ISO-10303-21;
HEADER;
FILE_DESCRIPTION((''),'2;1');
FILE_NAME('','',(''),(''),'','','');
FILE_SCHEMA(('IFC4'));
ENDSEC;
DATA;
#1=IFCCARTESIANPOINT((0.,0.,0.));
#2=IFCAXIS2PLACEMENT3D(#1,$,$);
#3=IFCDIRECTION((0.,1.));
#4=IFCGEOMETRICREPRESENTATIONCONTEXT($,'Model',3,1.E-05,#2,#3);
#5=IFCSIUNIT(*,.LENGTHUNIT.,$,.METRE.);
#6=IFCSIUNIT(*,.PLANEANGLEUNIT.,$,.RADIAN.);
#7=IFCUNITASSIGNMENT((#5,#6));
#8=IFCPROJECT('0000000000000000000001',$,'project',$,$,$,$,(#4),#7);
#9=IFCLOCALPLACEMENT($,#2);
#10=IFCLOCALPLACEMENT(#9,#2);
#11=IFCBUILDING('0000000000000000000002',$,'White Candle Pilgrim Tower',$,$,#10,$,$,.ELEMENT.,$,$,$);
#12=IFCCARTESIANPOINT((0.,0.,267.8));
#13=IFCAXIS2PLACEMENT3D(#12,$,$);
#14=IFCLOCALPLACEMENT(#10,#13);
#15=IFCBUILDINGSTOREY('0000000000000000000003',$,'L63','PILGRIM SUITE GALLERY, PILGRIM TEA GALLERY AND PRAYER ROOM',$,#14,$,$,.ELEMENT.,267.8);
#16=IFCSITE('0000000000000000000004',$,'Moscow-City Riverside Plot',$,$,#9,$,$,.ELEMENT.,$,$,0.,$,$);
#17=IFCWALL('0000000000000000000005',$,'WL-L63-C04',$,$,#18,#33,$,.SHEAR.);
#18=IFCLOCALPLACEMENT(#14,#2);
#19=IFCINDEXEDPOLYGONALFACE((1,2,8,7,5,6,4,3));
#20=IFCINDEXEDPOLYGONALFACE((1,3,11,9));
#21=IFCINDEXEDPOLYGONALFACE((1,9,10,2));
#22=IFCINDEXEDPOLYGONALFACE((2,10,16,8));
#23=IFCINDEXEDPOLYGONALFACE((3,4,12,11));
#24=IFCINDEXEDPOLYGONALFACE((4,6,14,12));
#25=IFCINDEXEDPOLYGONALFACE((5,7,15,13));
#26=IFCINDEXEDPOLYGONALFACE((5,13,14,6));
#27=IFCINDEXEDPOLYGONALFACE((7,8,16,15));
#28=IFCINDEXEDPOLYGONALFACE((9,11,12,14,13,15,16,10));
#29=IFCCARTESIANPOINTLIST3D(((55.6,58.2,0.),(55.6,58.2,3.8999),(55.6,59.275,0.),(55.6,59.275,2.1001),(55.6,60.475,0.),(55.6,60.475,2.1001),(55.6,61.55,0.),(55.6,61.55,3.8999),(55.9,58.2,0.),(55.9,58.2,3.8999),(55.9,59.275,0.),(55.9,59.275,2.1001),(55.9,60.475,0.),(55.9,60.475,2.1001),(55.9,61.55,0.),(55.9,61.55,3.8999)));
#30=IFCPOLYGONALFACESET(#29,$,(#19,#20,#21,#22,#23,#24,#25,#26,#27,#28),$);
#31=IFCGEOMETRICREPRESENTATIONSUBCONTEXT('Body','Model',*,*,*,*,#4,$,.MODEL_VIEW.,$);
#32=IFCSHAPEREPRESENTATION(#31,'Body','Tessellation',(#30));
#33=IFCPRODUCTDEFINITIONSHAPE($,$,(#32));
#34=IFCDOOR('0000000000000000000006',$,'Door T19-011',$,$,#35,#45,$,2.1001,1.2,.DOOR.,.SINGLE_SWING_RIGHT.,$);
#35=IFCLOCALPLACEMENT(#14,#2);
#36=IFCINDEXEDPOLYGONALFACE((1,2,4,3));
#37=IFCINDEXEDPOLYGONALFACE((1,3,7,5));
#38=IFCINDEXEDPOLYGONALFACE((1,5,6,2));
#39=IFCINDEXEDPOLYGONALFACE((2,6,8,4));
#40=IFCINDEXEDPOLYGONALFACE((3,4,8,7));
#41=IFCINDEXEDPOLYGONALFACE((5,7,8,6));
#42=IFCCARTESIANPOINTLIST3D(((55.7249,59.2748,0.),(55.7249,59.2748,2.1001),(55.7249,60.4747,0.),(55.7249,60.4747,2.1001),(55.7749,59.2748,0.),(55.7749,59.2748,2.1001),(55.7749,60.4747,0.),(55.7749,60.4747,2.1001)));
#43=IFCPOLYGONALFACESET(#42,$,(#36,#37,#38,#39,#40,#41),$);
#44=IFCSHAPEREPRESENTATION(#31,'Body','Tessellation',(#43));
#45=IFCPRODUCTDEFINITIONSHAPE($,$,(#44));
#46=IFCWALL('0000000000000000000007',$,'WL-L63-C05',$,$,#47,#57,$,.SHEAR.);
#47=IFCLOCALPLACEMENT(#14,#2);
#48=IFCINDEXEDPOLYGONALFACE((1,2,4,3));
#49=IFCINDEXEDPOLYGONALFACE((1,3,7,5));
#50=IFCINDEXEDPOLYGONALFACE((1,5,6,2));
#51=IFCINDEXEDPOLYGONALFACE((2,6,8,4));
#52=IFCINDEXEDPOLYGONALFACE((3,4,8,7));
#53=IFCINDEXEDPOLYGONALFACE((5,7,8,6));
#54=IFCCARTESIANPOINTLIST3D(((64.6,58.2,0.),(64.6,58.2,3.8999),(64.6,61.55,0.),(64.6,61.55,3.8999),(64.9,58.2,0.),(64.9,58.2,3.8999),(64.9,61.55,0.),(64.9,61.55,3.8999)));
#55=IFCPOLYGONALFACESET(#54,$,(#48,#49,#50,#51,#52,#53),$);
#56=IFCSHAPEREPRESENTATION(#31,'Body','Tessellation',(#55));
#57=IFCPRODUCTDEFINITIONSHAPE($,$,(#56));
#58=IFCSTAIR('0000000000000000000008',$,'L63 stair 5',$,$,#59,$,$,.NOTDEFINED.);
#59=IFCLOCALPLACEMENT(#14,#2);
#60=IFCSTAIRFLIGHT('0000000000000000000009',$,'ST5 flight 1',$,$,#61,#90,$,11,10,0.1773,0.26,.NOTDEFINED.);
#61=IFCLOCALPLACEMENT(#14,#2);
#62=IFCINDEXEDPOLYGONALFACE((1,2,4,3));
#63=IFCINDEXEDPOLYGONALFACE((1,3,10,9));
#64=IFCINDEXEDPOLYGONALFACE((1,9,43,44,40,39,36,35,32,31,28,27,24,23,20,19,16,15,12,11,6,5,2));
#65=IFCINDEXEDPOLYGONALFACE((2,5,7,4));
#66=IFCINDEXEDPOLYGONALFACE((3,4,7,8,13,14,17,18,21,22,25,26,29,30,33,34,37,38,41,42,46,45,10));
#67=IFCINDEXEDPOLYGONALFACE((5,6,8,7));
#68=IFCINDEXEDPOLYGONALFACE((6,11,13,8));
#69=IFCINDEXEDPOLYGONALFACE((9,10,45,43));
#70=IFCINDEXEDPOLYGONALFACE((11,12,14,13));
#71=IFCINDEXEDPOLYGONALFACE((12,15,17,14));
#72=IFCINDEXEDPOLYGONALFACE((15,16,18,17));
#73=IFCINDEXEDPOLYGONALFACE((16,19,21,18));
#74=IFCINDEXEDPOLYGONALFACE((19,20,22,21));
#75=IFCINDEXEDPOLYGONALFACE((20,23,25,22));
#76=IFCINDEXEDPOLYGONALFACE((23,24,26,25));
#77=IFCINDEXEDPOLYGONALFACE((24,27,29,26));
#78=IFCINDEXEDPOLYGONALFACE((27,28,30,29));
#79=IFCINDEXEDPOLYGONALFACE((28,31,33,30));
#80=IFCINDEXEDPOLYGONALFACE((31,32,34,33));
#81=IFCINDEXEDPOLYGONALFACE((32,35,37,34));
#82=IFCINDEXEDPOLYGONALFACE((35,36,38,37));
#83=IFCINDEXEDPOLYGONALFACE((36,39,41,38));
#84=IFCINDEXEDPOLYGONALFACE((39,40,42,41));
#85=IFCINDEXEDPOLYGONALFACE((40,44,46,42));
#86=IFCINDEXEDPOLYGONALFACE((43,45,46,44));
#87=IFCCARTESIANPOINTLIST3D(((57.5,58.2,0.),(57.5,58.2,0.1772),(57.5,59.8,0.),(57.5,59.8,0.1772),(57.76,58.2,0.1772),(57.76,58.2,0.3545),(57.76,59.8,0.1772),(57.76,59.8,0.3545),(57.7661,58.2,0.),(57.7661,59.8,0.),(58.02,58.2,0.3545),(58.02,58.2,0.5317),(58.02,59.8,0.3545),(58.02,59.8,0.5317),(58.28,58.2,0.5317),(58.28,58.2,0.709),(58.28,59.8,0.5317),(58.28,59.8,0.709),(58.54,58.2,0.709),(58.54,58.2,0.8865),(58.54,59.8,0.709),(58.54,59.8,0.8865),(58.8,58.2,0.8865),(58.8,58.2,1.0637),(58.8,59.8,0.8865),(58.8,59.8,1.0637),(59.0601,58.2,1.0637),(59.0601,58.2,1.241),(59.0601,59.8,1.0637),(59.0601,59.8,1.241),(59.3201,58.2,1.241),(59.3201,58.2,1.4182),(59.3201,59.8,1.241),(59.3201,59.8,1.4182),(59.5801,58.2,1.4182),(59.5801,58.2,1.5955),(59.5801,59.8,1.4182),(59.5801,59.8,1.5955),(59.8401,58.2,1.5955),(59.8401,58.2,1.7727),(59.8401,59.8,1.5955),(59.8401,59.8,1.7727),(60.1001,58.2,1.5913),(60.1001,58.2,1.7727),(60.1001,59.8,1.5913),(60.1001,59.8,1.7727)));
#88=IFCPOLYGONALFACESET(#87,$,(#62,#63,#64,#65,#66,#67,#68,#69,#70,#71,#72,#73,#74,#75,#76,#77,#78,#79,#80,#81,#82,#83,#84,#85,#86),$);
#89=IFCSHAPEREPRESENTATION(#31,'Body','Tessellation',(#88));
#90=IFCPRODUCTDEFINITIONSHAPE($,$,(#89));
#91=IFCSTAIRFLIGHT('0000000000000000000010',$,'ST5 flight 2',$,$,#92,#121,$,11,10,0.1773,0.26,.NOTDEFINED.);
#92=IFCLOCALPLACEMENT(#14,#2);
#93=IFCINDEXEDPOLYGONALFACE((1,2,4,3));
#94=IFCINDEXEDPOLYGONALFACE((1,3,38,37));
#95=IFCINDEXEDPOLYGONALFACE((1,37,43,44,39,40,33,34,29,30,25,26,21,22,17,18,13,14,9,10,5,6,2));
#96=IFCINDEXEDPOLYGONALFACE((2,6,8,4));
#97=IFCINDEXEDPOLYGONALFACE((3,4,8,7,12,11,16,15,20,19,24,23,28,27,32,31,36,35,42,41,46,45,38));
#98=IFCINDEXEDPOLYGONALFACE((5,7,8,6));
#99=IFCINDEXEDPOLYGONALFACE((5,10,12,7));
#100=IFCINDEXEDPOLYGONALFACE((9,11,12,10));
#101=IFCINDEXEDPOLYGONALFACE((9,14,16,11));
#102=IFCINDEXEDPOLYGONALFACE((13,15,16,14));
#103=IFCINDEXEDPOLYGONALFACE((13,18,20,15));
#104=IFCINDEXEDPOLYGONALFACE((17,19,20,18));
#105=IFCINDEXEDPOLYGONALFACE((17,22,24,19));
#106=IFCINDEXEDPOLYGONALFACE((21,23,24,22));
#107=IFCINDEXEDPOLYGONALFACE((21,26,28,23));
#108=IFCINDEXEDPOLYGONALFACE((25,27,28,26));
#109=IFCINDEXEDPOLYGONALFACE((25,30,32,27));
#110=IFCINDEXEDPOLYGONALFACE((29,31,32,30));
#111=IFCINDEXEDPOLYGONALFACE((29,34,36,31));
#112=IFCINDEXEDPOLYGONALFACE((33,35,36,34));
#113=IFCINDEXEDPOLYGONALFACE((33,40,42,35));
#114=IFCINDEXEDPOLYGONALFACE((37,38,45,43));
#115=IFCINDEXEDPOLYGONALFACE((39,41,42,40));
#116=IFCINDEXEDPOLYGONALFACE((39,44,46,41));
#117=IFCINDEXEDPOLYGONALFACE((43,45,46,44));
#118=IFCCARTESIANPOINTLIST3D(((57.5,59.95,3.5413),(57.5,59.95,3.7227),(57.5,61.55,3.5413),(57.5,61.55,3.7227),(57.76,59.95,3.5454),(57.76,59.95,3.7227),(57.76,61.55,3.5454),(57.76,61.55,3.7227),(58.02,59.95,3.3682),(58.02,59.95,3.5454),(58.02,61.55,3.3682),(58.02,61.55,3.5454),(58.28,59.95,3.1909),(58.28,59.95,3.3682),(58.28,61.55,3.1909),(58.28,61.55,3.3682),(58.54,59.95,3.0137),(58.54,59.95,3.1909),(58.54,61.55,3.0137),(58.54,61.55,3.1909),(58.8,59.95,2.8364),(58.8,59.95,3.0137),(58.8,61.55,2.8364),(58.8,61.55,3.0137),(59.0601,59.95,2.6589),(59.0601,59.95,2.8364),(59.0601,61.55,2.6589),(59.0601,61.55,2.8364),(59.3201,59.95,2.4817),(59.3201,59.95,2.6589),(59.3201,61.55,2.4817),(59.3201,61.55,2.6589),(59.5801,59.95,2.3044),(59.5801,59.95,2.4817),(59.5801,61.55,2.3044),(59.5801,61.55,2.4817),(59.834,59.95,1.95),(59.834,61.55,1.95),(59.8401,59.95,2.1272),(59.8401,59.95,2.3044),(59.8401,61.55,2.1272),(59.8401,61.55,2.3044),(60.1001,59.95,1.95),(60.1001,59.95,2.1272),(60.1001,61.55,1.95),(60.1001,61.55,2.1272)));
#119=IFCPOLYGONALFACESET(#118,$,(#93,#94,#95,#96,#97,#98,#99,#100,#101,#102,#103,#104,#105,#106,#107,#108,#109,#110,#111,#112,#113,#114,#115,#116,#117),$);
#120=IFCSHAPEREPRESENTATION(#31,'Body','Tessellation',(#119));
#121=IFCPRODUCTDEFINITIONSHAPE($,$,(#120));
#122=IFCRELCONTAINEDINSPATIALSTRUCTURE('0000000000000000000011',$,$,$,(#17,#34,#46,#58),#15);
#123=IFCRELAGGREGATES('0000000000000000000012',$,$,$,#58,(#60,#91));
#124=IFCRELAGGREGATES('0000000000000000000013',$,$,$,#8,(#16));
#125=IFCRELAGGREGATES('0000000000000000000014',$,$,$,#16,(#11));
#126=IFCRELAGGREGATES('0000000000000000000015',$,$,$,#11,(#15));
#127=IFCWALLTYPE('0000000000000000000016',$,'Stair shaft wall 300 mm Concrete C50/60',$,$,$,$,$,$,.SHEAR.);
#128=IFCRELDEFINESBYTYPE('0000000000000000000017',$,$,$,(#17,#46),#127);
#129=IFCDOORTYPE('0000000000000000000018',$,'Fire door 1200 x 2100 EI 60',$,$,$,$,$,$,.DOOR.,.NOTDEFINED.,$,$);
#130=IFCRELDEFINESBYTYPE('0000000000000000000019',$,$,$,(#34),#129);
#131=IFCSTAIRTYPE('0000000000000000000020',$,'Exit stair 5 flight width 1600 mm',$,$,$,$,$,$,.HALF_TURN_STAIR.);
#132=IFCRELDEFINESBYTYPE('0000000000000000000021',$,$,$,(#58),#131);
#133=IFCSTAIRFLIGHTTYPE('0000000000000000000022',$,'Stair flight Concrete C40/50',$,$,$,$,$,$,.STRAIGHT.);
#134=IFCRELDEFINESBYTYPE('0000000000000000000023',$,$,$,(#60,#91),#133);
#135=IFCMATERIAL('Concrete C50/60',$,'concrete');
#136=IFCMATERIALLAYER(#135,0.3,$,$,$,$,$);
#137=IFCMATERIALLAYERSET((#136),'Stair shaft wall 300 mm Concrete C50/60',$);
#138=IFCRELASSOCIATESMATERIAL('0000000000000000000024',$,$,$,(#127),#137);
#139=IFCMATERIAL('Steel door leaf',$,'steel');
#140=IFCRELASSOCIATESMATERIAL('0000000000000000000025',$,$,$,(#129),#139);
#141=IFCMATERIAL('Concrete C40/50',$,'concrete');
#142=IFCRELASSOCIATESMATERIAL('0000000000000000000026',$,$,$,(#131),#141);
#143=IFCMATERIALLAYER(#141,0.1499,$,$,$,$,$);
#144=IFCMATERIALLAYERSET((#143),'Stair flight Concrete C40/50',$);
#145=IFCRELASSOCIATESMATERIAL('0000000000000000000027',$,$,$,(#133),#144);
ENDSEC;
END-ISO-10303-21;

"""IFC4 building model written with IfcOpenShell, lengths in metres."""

from ifc_helpers import new_model, si_unit, direction, frame, frame_2d, origin, place, context, subcontext, project, spatial, polyline, rectangle, outline, extrude, material, layer, layer_set, type_object, element, fill, aggregate, save


model = new_model("IFC4")

# Units and contexts
model_context = context("Model", 3, precision=1e-05, world=origin(), true_north=direction((0.0, 1.0)))
body_context = subcontext(model_context, "Body", "Model", "MODEL_VIEW")
ifc_project = project(units=[si_unit("LENGTHUNIT", "METRE"), si_unit("PLANEANGLEUNIT", "RADIAN")], contexts=[model_context])

# Site, building, storey
site_placement = place(None, origin())
site = spatial("IfcSite", under=ifc_project, at=site_placement, Name="Moscow-City Riverside Plot", CompositionType="ELEMENT", RefElevation=0.0)
building_placement = place(site_placement, origin())
building = spatial("IfcBuilding", under=site, at=building_placement, Name="White Candle Pilgrim Tower", CompositionType="ELEMENT")
storey_placement = place(building_placement, frame((0.0, 0.0, 267.8)))
storey = spatial("IfcBuildingStorey", under=building, at=storey_placement, Name="L63", Description="PILGRIM SUITE GALLERY, PILGRIM TEA GALLERY AND PRAYER ROOM", CompositionType="ELEMENT", Elevation=267.8)

# Shared definitions
ifc_material_1 = material(Name="Concrete C50/60", Category="concrete")

# Shared definitions
ifc_material_2 = material(Name="Steel door leaf", Category="steel")

# Wall, opening, door
ifc_layer_1 = layer(ifc_material_1, 0.3)
ifc_layer_set_1 = layer_set([ifc_layer_1], Name="Stair shaft wall 300 mm Concrete C50/60")
wall_type_1 = type_object("IfcWallType", Name="Stair shaft wall 300 mm Concrete C50/60", PredefinedType="SHEAR", material=ifc_layer_set_1)
wall_1_placement = place(storey_placement, frame((55.75, 58.2, 0.0), z_axis=(0.0, 0.0, 1.0), x_axis=(0.0, 1.0, 0.0)))
wall_1 = element("IfcWall", 1, at=wall_1_placement, inside=storey, type_object=wall_type_1, Name="WL-L63-C04", PredefinedType="SHEAR", context=body_context, shape_type="SweptSolid", body=[
    extrude(rectangle(XDim=3.3501, YDim=0.3, at=frame_2d((1.675, 0.0))), origin(), (0.0, 0.0, 1.0), 3.8999),
])
opening_1_placement = place(wall_1_placement, frame((1.075, 0.0, 0.0)))
opening_1 = element("IfcOpeningElement", 2, at=opening_1_placement, cuts=wall_1, PredefinedType="OPENING", context=body_context, shape_type="SweptSolid", body=[
    extrude(rectangle(XDim=1.2, YDim=2.1001, at=frame_2d((0.6001, 1.05))), frame((0.0, 0.1599, 0.0), z_axis=(0.0, -1.0, 0.0), x_axis=(1.0, 0.0, 0.0)), (0.0, 0.0, 1.0), 0.3201),
])
door_type_1 = type_object("IfcDoorType", Name="Fire door 1200 x 2100 EI 60", OperationType="NOTDEFINED", PredefinedType="DOOR", material=ifc_material_2)
door_1_placement = place(opening_1_placement, frame((1.2, 0.0, 0.0), z_axis=(0.0, 0.0, 1.0), x_axis=(-1.0, 0.0, 0.0)))
door_1 = element("IfcDoor", 3, at=door_1_placement, inside=storey, type_object=door_type_1, Name="Door T19-011", OperationType="SINGLE_SWING_RIGHT", OverallHeight=2.1001, OverallWidth=1.2, PredefinedType="DOOR", context=body_context, shape_type="SweptSolid", body=[
    extrude(rectangle(XDim=1.2, YDim=2.1001, at=frame_2d((0.6001, 1.05))), frame((0.0, 0.0249, 0.0), z_axis=(0.0, -1.0, 0.0), x_axis=(1.0, 0.0, 0.0)), (0.0, 0.0, 1.0), 0.05),
])
fill(opening_1, door_1)

# Wall
wall_2_placement = place(storey_placement, frame((64.75, 58.2, 0.0), z_axis=(0.0, 0.0, 1.0), x_axis=(0.0, 1.0, 0.0)))
element("IfcWall", 4, at=wall_2_placement, inside=storey, type_object=wall_type_1, Name="WL-L63-C05", PredefinedType="SHEAR", context=body_context, shape_type="SweptSolid", body=[
    extrude(rectangle(XDim=3.3501, YDim=0.3, at=frame_2d((1.675, 0.0))), origin(), (0.0, 0.0, 1.0), 3.8999),
])

# Stair, stair flights
ifc_material_3 = material(Name="Concrete C40/50", Category="concrete")
stair_type = type_object("IfcStairType", Name="Exit stair 5 flight width 1600 mm", PredefinedType="HALF_TURN_STAIR", material=ifc_material_3)
stair_placement = place(storey_placement, origin())
stair = element("IfcStair", 5, at=stair_placement, inside=storey, type_object=stair_type, Name="L63 stair 5", PredefinedType="NOTDEFINED")
ifc_layer_2 = layer(ifc_material_3, 0.1499)
ifc_layer_set_2 = layer_set([ifc_layer_2], Name="Stair flight Concrete C40/50")
stair_flight_type = type_object("IfcStairFlightType", Name="Stair flight Concrete C40/50", PredefinedType="STRAIGHT", material=ifc_layer_set_2)
stair_flight_1_placement = place(storey_placement, frame((57.5, 59.0, 0.0), z_axis=(0.0, 0.0, 1.0), x_axis=(1.0, 0.0, 0.0)))
stair_flight_1 = element("IfcStairFlight", 6, at=stair_flight_1_placement, type_object=stair_flight_type, Name="ST5 flight 1", NumberOfRisers=11, NumberOfTreads=10, PredefinedType="NOTDEFINED", RiserHeight=0.1773, TreadLength=0.26, context=body_context, shape_type="SweptSolid", body=[
    extrude(outline(polyline([(0.0, 0.0), (0.0, 0.1772), (0.26, 0.1772), (0.26, 0.3545), (0.52, 0.3545), (0.52, 0.5317), (0.78, 0.5317), (0.78, 0.709), (1.04, 0.709), (1.04, 0.8865), (1.3, 0.8865), (1.3, 1.0637), (1.5601, 1.0637), (1.5601, 1.241), (1.8201, 1.241), (1.8201, 1.4182), (2.0801, 1.4182), (2.0801, 1.5955), (2.3401, 1.5955), (2.3401, 1.7727), (2.6001, 1.7727), (2.6001, 1.95), (2.6001, 1.5913), (0.2661, 0.0), (0.0, 0.0)])), frame((0.0, 0.8, 0.0), z_axis=(0.0, -1.0, 0.0), x_axis=(1.0, 0.0, 0.0)), (0.0, 0.0, 1.0), 1.6001),
])
stair_flight_2_placement = place(storey_placement, frame((60.1001, 60.75, 1.95), z_axis=(0.0, 0.0, 1.0), x_axis=(-1.0, 0.0, 0.0)))
stair_flight_2 = element("IfcStairFlight", 7, at=stair_flight_2_placement, type_object=stair_flight_type, Name="ST5 flight 2", NumberOfRisers=11, NumberOfTreads=10, PredefinedType="NOTDEFINED", RiserHeight=0.1773, TreadLength=0.26, context=body_context, shape_type="SweptSolid", body=[
    extrude(outline(polyline([(0.0, 0.0), (0.0, 0.1772), (0.26, 0.1772), (0.26, 0.3545), (0.52, 0.3545), (0.52, 0.5317), (0.78, 0.5317), (0.78, 0.709), (1.04, 0.709), (1.04, 0.8865), (1.3, 0.8865), (1.3, 1.0637), (1.5601, 1.0637), (1.5601, 1.241), (1.8201, 1.241), (1.8201, 1.4182), (2.0801, 1.4182), (2.0801, 1.5955), (2.3401, 1.5955), (2.3401, 1.7727), (2.6001, 1.7727), (2.6001, 1.95), (2.6001, 1.5913), (0.2661, 0.0), (0.0, 0.0)])), frame((0.0, 0.8, 0.0), z_axis=(0.0, -1.0, 0.0), x_axis=(1.0, 0.0, 0.0)), (0.0, 0.0, 1.0), 1.6001),
])
aggregate(stair, [stair_flight_1, stair_flight_2])

save(model, "model.ifc")
